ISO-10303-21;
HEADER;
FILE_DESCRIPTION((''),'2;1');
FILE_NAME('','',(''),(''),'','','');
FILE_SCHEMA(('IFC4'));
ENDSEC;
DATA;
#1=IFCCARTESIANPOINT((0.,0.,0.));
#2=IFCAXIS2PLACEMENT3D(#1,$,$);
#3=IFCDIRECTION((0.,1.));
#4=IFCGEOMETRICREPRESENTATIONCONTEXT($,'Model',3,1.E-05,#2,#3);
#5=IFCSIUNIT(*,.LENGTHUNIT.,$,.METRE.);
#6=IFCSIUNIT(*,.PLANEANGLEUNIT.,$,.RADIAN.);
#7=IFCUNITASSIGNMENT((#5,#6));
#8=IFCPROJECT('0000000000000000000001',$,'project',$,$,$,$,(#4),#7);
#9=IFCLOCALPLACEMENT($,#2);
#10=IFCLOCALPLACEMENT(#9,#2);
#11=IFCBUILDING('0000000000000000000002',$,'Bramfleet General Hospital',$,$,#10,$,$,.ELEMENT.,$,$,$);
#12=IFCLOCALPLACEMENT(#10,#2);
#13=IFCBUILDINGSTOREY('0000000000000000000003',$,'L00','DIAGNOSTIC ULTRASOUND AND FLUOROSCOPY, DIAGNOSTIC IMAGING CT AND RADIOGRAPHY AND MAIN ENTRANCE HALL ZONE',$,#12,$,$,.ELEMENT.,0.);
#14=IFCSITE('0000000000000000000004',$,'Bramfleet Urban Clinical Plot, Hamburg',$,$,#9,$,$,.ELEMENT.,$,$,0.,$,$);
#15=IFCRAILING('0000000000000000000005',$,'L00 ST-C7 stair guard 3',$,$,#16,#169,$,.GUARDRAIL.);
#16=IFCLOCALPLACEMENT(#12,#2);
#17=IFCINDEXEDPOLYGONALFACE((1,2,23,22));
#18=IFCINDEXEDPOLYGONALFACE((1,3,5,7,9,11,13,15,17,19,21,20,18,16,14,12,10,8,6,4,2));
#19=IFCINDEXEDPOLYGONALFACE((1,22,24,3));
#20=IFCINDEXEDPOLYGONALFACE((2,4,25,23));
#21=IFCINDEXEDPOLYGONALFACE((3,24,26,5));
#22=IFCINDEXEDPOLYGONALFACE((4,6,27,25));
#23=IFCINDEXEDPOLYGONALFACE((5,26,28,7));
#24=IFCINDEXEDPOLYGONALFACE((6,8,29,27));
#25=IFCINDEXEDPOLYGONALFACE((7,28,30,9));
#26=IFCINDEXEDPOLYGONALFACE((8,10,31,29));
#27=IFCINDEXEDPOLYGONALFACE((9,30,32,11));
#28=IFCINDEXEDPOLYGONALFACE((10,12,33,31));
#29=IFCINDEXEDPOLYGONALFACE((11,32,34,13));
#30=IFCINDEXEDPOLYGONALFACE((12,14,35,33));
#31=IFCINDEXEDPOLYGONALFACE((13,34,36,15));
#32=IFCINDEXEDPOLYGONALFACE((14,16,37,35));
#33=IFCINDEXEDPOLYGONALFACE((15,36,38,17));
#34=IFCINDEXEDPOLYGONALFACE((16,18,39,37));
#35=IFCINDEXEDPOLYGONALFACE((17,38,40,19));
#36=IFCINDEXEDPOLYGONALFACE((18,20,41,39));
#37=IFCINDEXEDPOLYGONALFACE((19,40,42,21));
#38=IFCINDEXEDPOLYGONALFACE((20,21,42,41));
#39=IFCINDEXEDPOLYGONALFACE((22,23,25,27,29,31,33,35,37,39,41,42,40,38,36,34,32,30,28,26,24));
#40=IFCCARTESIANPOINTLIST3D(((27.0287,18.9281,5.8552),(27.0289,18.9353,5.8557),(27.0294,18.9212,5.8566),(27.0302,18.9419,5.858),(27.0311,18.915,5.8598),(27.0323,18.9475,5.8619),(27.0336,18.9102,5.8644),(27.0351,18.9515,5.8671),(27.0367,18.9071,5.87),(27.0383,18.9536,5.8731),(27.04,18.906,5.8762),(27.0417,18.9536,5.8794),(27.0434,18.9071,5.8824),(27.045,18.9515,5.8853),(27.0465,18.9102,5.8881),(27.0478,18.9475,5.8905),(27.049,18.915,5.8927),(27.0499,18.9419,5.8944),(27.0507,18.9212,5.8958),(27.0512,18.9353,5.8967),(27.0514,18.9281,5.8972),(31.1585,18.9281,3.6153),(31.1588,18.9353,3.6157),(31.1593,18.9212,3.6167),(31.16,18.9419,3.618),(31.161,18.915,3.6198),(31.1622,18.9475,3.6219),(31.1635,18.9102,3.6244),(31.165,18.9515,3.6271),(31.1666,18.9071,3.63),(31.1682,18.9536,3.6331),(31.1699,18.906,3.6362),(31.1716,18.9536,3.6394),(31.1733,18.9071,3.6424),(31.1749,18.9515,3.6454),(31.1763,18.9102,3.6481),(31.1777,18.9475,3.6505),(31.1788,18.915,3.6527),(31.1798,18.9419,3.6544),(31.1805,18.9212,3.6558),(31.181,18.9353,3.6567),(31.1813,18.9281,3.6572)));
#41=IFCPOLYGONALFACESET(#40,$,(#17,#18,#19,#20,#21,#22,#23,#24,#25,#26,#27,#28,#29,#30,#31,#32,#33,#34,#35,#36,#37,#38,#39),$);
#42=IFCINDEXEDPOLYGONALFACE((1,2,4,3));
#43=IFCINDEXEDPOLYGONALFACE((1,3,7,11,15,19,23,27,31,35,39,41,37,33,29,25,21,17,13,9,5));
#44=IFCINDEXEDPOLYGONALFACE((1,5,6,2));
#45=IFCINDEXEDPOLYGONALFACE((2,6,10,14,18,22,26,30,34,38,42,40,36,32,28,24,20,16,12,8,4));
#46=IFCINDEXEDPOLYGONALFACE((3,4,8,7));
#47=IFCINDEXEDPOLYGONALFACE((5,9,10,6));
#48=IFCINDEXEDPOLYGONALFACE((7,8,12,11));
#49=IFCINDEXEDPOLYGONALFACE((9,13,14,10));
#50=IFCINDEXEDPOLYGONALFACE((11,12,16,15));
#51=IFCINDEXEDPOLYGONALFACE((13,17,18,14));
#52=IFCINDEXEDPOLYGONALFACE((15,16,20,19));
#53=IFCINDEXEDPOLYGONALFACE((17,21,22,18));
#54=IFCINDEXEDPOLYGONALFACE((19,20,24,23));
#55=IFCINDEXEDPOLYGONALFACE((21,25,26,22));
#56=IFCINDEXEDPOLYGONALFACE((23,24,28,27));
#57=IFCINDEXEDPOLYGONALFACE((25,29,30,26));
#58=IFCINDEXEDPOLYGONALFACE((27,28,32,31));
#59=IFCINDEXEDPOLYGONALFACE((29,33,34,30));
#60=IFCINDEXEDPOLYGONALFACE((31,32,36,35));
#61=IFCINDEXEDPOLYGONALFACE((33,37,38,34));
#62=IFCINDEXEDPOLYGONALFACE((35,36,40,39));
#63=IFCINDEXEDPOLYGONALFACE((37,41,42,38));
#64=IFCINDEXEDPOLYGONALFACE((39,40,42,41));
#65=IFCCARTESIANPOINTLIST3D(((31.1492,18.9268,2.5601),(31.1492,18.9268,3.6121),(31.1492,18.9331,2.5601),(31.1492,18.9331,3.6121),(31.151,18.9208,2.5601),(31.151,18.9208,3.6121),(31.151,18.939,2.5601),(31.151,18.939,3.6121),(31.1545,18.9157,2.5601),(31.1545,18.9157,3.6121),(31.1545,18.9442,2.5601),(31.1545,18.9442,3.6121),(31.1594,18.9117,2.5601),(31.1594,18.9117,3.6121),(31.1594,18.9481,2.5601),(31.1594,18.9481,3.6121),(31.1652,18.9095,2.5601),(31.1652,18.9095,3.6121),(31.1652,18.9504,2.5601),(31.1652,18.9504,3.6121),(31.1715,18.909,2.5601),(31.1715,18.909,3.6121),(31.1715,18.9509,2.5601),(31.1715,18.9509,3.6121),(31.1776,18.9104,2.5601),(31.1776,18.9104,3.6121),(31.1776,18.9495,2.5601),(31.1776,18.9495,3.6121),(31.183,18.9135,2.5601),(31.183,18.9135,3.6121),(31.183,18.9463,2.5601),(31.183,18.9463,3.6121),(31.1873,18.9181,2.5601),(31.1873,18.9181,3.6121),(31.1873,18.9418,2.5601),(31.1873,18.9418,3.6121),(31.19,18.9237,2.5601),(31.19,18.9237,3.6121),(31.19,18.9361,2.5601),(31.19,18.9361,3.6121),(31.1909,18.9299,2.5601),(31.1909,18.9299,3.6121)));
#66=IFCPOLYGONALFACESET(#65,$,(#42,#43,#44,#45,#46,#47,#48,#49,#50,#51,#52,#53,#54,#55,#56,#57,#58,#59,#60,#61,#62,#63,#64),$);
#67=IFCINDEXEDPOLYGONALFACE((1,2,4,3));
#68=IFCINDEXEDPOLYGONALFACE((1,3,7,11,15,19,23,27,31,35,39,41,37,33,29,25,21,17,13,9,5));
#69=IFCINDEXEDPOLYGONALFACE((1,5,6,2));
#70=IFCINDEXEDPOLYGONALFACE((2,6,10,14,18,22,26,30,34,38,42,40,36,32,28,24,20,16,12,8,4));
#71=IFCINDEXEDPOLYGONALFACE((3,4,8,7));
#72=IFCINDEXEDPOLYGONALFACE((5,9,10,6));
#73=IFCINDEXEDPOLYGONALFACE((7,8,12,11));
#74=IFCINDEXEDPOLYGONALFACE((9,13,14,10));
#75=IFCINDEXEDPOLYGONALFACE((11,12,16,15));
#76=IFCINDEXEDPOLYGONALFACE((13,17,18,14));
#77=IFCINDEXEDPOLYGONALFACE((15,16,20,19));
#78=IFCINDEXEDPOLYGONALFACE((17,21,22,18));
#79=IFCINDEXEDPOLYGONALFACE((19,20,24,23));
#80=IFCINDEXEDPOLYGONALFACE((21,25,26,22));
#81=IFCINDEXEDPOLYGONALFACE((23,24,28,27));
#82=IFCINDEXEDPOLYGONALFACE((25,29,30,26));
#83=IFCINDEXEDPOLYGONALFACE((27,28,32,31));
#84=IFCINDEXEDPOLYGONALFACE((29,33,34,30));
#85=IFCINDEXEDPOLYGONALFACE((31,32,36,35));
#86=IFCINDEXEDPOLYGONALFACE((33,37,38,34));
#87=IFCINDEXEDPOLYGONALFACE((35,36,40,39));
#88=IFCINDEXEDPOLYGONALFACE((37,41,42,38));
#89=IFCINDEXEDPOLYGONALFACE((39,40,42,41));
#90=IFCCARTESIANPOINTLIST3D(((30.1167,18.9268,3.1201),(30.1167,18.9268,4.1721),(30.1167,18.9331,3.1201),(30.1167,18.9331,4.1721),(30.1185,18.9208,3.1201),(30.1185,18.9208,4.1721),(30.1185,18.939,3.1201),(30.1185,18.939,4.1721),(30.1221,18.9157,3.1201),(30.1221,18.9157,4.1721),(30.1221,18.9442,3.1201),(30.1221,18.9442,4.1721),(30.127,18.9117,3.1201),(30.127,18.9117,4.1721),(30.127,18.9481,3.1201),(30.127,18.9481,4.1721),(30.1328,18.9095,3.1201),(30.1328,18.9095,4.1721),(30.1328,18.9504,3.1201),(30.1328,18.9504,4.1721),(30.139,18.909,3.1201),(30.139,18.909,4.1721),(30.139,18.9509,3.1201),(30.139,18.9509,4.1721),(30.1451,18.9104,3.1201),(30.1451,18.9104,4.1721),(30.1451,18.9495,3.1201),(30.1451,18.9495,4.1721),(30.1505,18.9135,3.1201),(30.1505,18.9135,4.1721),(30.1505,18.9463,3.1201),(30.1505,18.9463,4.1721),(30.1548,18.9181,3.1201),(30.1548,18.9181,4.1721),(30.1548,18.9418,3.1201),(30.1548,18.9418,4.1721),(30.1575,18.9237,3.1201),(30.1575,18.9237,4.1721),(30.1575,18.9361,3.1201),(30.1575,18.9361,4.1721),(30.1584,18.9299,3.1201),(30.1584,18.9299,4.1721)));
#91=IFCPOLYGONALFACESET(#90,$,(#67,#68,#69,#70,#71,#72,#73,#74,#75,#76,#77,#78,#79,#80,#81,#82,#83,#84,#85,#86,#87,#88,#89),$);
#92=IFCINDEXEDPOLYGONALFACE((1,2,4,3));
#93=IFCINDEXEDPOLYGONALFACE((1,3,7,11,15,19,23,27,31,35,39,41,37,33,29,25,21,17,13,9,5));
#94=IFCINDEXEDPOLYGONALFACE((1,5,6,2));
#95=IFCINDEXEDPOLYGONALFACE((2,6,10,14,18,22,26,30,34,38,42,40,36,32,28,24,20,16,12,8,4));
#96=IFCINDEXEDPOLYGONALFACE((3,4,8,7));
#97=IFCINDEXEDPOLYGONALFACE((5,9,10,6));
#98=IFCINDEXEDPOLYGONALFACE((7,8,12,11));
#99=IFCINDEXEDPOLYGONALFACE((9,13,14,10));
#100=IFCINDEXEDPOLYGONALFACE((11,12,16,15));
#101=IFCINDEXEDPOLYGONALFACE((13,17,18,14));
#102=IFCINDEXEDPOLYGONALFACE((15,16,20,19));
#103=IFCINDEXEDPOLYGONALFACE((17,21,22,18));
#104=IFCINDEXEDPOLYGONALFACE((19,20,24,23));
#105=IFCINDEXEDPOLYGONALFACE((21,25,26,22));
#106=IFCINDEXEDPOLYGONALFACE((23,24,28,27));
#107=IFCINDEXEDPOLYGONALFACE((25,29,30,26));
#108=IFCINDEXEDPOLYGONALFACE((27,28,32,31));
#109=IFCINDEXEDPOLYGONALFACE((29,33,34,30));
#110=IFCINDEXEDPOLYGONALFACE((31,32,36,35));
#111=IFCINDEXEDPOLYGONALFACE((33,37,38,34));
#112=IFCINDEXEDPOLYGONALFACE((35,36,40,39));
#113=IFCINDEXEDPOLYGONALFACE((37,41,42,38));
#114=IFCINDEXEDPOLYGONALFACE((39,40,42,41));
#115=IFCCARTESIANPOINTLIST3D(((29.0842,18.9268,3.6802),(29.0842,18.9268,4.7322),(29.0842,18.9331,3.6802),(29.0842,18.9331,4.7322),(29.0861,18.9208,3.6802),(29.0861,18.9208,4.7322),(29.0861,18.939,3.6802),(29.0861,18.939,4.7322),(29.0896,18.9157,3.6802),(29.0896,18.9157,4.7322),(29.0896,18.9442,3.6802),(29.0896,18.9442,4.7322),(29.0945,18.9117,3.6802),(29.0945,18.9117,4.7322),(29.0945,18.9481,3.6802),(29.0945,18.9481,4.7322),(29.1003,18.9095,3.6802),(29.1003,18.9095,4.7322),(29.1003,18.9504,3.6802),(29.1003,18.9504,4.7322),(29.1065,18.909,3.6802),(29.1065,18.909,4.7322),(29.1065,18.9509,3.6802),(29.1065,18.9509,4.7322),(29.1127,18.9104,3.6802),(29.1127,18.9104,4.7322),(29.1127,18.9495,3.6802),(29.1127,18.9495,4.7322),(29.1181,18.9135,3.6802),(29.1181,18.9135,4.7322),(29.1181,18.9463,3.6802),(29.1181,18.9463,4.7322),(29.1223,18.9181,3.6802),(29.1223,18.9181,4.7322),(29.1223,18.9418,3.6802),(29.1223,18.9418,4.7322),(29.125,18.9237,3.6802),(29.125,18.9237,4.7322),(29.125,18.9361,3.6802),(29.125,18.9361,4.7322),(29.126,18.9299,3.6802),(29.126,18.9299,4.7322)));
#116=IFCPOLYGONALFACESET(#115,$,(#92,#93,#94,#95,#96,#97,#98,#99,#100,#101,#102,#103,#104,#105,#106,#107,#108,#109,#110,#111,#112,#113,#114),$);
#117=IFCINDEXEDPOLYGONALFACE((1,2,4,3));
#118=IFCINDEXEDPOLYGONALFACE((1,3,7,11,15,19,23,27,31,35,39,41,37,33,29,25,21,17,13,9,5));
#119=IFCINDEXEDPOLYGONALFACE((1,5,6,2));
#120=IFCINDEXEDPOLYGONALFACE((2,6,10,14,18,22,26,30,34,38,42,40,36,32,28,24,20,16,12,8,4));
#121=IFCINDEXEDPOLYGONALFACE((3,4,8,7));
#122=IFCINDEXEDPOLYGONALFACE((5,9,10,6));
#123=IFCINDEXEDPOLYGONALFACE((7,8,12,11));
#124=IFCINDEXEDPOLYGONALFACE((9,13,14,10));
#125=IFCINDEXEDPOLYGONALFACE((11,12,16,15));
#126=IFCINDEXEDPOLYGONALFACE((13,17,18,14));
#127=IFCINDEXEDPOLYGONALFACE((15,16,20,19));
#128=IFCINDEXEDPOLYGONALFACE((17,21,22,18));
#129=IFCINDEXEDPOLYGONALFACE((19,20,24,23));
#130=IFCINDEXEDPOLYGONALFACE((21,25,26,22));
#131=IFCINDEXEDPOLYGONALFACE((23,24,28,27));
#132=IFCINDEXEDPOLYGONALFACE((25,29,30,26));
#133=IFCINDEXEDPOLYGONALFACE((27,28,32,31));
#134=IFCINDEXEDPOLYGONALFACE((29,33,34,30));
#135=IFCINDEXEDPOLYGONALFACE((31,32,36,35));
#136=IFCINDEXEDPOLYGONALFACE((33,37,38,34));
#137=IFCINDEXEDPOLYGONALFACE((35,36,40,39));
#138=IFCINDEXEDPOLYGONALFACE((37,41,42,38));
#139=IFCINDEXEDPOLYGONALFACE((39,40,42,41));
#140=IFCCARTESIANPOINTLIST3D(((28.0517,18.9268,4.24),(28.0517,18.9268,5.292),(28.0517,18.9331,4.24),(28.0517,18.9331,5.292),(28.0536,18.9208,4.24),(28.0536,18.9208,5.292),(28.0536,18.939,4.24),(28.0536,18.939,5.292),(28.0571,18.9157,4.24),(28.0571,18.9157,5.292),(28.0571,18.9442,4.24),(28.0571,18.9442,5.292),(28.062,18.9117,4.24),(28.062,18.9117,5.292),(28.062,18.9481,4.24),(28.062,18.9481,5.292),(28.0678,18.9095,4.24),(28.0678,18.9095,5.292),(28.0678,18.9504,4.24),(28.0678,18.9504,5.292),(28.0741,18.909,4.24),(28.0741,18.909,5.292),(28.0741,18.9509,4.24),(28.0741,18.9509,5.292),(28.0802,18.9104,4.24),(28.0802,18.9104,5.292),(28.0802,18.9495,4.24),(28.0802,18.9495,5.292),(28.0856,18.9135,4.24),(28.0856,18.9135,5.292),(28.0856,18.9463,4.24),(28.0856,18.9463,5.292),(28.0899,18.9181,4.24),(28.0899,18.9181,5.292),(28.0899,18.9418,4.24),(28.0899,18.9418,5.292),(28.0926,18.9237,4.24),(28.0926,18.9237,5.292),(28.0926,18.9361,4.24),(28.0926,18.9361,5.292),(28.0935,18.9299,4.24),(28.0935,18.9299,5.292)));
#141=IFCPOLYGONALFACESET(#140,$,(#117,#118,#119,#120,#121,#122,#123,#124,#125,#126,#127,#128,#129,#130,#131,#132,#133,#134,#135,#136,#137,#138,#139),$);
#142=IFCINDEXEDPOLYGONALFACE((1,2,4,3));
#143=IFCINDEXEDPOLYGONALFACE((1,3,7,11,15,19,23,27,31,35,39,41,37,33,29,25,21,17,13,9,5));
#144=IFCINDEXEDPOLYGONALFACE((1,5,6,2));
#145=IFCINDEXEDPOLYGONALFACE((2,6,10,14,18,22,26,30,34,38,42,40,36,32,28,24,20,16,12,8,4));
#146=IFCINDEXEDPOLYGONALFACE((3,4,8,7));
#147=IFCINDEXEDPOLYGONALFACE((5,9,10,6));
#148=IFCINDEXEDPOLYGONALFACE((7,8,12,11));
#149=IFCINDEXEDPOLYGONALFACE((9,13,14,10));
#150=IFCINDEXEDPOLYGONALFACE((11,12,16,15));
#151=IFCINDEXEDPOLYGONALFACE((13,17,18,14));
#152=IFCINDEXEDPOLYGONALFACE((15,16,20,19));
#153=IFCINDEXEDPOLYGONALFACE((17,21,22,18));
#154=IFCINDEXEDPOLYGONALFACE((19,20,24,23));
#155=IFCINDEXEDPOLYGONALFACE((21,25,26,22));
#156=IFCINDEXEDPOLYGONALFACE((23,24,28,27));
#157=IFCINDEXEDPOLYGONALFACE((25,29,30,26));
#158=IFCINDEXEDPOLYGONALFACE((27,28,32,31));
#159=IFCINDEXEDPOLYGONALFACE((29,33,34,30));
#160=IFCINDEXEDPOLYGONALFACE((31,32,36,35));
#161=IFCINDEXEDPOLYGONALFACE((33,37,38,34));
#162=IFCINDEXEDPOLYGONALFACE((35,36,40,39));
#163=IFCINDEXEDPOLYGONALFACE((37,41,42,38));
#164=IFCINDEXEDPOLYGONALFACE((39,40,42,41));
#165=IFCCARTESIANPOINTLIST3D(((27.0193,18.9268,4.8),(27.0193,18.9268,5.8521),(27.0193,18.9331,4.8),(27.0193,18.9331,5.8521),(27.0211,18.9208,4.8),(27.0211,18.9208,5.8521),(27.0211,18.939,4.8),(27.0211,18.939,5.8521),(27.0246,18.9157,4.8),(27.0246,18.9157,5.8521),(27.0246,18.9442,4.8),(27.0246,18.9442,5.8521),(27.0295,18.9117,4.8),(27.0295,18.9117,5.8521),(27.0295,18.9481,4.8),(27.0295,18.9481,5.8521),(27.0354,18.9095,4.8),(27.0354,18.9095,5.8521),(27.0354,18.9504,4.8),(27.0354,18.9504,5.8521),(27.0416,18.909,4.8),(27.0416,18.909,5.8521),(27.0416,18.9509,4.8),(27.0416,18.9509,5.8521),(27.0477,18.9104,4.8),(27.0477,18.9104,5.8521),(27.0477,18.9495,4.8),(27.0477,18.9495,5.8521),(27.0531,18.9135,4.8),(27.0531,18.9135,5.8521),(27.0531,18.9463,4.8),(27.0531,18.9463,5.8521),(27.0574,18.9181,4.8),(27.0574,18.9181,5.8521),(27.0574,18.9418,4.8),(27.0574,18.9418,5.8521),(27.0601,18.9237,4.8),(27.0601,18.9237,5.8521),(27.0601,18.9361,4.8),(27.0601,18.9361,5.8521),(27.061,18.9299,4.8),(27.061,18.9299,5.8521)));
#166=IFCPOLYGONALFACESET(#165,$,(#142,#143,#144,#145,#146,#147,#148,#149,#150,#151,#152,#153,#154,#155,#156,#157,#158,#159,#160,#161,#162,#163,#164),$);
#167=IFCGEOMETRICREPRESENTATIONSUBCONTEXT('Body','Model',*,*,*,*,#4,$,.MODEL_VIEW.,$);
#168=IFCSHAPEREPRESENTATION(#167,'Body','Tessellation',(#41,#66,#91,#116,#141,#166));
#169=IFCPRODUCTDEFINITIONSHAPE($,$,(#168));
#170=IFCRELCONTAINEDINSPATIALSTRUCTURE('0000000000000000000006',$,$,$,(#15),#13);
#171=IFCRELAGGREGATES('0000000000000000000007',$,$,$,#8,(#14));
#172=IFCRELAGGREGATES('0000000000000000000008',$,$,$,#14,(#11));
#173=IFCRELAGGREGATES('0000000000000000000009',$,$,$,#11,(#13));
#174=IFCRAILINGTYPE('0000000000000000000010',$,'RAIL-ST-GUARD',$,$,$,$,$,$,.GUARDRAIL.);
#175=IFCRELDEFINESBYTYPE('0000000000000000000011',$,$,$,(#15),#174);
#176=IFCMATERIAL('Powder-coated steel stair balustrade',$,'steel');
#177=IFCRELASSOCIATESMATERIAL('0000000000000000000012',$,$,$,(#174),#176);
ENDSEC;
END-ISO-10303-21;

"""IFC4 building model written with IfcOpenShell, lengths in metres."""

from ifc_helpers import new_model, si_unit, direction, frame, origin, origin_2d, place, context, subcontext, project, spatial, circle, extrude, material, type_object, element, save


model = new_model("IFC4")

# Units and contexts
model_context = context("Model", 3, precision=1e-05, world=origin(), true_north=direction((0.0, 1.0)))
body_context = subcontext(model_context, "Body", "Model", "MODEL_VIEW")
ifc_project = project(units=[si_unit("LENGTHUNIT", "METRE"), si_unit("PLANEANGLEUNIT", "RADIAN")], contexts=[model_context])

# Site, building, storey
site_placement = place(None, origin())
site = spatial("IfcSite", under=ifc_project, at=site_placement, Name="Bramfleet Urban Clinical Plot, Hamburg", CompositionType="ELEMENT", RefElevation=0.0)
building_placement = place(site_placement, origin())
building = spatial("IfcBuilding", under=site, at=building_placement, Name="Bramfleet General Hospital", CompositionType="ELEMENT")
storey_placement = place(building_placement, origin())
storey = spatial("IfcBuildingStorey", under=building, at=storey_placement, Name="L00", Description="DIAGNOSTIC ULTRASOUND AND FLUOROSCOPY, DIAGNOSTIC IMAGING CT AND RADIOGRAPHY AND MAIN ENTRANCE HALL ZONE", CompositionType="ELEMENT", Elevation=0.0)

# Railing
ifc_material_1 = material(Name="Powder-coated steel stair balustrade", Category="steel")
railing_type_1 = type_object("IfcRailingType", Name="RAIL-ST-GUARD", PredefinedType="GUARDRAIL", material=ifc_material_1)
railing_1_placement = place(storey_placement, frame((31.1699, 18.9299, 2.5601)))
element("IfcRailing", 1, at=railing_1_placement, inside=storey, type_object=railing_type_1, Name="L00 ST-C7 stair guard 3", PredefinedType="GUARDRAIL", context=body_context, shape_type="SweptSolid", body=[
    extrude(circle(Radius=0.0239, at=origin_2d()), frame((0.0, 0.0, 1.0762), z_axis=(-0.879027, 0.0, 0.476772), x_axis=(0.0, -1.0, 0.0)), (0.0, 0.0, 1.0), 4.6982),
    extrude(circle(Radius=0.021, at=origin_2d()), origin(), (0.0, 0.0, 1.0), 1.052),
    extrude(circle(Radius=0.021, at=origin_2d()), frame((-1.0325, 0.0, 0.5601)), (0.0, 0.0, 1.0), 1.052),
    extrude(circle(Radius=0.021, at=origin_2d()), frame((-2.0649, 0.0, 1.1201)), (0.0, 0.0, 1.0), 1.052),
    extrude(circle(Radius=0.021, at=origin_2d()), frame((-3.0974, 0.0, 1.6799)), (0.0, 0.0, 1.0), 1.052),
    extrude(circle(Radius=0.021, at=origin_2d()), frame((-4.1299, 0.0, 2.24)), (0.0, 0.0, 1.0), 1.052),
])

save(model, "model.ifc")
